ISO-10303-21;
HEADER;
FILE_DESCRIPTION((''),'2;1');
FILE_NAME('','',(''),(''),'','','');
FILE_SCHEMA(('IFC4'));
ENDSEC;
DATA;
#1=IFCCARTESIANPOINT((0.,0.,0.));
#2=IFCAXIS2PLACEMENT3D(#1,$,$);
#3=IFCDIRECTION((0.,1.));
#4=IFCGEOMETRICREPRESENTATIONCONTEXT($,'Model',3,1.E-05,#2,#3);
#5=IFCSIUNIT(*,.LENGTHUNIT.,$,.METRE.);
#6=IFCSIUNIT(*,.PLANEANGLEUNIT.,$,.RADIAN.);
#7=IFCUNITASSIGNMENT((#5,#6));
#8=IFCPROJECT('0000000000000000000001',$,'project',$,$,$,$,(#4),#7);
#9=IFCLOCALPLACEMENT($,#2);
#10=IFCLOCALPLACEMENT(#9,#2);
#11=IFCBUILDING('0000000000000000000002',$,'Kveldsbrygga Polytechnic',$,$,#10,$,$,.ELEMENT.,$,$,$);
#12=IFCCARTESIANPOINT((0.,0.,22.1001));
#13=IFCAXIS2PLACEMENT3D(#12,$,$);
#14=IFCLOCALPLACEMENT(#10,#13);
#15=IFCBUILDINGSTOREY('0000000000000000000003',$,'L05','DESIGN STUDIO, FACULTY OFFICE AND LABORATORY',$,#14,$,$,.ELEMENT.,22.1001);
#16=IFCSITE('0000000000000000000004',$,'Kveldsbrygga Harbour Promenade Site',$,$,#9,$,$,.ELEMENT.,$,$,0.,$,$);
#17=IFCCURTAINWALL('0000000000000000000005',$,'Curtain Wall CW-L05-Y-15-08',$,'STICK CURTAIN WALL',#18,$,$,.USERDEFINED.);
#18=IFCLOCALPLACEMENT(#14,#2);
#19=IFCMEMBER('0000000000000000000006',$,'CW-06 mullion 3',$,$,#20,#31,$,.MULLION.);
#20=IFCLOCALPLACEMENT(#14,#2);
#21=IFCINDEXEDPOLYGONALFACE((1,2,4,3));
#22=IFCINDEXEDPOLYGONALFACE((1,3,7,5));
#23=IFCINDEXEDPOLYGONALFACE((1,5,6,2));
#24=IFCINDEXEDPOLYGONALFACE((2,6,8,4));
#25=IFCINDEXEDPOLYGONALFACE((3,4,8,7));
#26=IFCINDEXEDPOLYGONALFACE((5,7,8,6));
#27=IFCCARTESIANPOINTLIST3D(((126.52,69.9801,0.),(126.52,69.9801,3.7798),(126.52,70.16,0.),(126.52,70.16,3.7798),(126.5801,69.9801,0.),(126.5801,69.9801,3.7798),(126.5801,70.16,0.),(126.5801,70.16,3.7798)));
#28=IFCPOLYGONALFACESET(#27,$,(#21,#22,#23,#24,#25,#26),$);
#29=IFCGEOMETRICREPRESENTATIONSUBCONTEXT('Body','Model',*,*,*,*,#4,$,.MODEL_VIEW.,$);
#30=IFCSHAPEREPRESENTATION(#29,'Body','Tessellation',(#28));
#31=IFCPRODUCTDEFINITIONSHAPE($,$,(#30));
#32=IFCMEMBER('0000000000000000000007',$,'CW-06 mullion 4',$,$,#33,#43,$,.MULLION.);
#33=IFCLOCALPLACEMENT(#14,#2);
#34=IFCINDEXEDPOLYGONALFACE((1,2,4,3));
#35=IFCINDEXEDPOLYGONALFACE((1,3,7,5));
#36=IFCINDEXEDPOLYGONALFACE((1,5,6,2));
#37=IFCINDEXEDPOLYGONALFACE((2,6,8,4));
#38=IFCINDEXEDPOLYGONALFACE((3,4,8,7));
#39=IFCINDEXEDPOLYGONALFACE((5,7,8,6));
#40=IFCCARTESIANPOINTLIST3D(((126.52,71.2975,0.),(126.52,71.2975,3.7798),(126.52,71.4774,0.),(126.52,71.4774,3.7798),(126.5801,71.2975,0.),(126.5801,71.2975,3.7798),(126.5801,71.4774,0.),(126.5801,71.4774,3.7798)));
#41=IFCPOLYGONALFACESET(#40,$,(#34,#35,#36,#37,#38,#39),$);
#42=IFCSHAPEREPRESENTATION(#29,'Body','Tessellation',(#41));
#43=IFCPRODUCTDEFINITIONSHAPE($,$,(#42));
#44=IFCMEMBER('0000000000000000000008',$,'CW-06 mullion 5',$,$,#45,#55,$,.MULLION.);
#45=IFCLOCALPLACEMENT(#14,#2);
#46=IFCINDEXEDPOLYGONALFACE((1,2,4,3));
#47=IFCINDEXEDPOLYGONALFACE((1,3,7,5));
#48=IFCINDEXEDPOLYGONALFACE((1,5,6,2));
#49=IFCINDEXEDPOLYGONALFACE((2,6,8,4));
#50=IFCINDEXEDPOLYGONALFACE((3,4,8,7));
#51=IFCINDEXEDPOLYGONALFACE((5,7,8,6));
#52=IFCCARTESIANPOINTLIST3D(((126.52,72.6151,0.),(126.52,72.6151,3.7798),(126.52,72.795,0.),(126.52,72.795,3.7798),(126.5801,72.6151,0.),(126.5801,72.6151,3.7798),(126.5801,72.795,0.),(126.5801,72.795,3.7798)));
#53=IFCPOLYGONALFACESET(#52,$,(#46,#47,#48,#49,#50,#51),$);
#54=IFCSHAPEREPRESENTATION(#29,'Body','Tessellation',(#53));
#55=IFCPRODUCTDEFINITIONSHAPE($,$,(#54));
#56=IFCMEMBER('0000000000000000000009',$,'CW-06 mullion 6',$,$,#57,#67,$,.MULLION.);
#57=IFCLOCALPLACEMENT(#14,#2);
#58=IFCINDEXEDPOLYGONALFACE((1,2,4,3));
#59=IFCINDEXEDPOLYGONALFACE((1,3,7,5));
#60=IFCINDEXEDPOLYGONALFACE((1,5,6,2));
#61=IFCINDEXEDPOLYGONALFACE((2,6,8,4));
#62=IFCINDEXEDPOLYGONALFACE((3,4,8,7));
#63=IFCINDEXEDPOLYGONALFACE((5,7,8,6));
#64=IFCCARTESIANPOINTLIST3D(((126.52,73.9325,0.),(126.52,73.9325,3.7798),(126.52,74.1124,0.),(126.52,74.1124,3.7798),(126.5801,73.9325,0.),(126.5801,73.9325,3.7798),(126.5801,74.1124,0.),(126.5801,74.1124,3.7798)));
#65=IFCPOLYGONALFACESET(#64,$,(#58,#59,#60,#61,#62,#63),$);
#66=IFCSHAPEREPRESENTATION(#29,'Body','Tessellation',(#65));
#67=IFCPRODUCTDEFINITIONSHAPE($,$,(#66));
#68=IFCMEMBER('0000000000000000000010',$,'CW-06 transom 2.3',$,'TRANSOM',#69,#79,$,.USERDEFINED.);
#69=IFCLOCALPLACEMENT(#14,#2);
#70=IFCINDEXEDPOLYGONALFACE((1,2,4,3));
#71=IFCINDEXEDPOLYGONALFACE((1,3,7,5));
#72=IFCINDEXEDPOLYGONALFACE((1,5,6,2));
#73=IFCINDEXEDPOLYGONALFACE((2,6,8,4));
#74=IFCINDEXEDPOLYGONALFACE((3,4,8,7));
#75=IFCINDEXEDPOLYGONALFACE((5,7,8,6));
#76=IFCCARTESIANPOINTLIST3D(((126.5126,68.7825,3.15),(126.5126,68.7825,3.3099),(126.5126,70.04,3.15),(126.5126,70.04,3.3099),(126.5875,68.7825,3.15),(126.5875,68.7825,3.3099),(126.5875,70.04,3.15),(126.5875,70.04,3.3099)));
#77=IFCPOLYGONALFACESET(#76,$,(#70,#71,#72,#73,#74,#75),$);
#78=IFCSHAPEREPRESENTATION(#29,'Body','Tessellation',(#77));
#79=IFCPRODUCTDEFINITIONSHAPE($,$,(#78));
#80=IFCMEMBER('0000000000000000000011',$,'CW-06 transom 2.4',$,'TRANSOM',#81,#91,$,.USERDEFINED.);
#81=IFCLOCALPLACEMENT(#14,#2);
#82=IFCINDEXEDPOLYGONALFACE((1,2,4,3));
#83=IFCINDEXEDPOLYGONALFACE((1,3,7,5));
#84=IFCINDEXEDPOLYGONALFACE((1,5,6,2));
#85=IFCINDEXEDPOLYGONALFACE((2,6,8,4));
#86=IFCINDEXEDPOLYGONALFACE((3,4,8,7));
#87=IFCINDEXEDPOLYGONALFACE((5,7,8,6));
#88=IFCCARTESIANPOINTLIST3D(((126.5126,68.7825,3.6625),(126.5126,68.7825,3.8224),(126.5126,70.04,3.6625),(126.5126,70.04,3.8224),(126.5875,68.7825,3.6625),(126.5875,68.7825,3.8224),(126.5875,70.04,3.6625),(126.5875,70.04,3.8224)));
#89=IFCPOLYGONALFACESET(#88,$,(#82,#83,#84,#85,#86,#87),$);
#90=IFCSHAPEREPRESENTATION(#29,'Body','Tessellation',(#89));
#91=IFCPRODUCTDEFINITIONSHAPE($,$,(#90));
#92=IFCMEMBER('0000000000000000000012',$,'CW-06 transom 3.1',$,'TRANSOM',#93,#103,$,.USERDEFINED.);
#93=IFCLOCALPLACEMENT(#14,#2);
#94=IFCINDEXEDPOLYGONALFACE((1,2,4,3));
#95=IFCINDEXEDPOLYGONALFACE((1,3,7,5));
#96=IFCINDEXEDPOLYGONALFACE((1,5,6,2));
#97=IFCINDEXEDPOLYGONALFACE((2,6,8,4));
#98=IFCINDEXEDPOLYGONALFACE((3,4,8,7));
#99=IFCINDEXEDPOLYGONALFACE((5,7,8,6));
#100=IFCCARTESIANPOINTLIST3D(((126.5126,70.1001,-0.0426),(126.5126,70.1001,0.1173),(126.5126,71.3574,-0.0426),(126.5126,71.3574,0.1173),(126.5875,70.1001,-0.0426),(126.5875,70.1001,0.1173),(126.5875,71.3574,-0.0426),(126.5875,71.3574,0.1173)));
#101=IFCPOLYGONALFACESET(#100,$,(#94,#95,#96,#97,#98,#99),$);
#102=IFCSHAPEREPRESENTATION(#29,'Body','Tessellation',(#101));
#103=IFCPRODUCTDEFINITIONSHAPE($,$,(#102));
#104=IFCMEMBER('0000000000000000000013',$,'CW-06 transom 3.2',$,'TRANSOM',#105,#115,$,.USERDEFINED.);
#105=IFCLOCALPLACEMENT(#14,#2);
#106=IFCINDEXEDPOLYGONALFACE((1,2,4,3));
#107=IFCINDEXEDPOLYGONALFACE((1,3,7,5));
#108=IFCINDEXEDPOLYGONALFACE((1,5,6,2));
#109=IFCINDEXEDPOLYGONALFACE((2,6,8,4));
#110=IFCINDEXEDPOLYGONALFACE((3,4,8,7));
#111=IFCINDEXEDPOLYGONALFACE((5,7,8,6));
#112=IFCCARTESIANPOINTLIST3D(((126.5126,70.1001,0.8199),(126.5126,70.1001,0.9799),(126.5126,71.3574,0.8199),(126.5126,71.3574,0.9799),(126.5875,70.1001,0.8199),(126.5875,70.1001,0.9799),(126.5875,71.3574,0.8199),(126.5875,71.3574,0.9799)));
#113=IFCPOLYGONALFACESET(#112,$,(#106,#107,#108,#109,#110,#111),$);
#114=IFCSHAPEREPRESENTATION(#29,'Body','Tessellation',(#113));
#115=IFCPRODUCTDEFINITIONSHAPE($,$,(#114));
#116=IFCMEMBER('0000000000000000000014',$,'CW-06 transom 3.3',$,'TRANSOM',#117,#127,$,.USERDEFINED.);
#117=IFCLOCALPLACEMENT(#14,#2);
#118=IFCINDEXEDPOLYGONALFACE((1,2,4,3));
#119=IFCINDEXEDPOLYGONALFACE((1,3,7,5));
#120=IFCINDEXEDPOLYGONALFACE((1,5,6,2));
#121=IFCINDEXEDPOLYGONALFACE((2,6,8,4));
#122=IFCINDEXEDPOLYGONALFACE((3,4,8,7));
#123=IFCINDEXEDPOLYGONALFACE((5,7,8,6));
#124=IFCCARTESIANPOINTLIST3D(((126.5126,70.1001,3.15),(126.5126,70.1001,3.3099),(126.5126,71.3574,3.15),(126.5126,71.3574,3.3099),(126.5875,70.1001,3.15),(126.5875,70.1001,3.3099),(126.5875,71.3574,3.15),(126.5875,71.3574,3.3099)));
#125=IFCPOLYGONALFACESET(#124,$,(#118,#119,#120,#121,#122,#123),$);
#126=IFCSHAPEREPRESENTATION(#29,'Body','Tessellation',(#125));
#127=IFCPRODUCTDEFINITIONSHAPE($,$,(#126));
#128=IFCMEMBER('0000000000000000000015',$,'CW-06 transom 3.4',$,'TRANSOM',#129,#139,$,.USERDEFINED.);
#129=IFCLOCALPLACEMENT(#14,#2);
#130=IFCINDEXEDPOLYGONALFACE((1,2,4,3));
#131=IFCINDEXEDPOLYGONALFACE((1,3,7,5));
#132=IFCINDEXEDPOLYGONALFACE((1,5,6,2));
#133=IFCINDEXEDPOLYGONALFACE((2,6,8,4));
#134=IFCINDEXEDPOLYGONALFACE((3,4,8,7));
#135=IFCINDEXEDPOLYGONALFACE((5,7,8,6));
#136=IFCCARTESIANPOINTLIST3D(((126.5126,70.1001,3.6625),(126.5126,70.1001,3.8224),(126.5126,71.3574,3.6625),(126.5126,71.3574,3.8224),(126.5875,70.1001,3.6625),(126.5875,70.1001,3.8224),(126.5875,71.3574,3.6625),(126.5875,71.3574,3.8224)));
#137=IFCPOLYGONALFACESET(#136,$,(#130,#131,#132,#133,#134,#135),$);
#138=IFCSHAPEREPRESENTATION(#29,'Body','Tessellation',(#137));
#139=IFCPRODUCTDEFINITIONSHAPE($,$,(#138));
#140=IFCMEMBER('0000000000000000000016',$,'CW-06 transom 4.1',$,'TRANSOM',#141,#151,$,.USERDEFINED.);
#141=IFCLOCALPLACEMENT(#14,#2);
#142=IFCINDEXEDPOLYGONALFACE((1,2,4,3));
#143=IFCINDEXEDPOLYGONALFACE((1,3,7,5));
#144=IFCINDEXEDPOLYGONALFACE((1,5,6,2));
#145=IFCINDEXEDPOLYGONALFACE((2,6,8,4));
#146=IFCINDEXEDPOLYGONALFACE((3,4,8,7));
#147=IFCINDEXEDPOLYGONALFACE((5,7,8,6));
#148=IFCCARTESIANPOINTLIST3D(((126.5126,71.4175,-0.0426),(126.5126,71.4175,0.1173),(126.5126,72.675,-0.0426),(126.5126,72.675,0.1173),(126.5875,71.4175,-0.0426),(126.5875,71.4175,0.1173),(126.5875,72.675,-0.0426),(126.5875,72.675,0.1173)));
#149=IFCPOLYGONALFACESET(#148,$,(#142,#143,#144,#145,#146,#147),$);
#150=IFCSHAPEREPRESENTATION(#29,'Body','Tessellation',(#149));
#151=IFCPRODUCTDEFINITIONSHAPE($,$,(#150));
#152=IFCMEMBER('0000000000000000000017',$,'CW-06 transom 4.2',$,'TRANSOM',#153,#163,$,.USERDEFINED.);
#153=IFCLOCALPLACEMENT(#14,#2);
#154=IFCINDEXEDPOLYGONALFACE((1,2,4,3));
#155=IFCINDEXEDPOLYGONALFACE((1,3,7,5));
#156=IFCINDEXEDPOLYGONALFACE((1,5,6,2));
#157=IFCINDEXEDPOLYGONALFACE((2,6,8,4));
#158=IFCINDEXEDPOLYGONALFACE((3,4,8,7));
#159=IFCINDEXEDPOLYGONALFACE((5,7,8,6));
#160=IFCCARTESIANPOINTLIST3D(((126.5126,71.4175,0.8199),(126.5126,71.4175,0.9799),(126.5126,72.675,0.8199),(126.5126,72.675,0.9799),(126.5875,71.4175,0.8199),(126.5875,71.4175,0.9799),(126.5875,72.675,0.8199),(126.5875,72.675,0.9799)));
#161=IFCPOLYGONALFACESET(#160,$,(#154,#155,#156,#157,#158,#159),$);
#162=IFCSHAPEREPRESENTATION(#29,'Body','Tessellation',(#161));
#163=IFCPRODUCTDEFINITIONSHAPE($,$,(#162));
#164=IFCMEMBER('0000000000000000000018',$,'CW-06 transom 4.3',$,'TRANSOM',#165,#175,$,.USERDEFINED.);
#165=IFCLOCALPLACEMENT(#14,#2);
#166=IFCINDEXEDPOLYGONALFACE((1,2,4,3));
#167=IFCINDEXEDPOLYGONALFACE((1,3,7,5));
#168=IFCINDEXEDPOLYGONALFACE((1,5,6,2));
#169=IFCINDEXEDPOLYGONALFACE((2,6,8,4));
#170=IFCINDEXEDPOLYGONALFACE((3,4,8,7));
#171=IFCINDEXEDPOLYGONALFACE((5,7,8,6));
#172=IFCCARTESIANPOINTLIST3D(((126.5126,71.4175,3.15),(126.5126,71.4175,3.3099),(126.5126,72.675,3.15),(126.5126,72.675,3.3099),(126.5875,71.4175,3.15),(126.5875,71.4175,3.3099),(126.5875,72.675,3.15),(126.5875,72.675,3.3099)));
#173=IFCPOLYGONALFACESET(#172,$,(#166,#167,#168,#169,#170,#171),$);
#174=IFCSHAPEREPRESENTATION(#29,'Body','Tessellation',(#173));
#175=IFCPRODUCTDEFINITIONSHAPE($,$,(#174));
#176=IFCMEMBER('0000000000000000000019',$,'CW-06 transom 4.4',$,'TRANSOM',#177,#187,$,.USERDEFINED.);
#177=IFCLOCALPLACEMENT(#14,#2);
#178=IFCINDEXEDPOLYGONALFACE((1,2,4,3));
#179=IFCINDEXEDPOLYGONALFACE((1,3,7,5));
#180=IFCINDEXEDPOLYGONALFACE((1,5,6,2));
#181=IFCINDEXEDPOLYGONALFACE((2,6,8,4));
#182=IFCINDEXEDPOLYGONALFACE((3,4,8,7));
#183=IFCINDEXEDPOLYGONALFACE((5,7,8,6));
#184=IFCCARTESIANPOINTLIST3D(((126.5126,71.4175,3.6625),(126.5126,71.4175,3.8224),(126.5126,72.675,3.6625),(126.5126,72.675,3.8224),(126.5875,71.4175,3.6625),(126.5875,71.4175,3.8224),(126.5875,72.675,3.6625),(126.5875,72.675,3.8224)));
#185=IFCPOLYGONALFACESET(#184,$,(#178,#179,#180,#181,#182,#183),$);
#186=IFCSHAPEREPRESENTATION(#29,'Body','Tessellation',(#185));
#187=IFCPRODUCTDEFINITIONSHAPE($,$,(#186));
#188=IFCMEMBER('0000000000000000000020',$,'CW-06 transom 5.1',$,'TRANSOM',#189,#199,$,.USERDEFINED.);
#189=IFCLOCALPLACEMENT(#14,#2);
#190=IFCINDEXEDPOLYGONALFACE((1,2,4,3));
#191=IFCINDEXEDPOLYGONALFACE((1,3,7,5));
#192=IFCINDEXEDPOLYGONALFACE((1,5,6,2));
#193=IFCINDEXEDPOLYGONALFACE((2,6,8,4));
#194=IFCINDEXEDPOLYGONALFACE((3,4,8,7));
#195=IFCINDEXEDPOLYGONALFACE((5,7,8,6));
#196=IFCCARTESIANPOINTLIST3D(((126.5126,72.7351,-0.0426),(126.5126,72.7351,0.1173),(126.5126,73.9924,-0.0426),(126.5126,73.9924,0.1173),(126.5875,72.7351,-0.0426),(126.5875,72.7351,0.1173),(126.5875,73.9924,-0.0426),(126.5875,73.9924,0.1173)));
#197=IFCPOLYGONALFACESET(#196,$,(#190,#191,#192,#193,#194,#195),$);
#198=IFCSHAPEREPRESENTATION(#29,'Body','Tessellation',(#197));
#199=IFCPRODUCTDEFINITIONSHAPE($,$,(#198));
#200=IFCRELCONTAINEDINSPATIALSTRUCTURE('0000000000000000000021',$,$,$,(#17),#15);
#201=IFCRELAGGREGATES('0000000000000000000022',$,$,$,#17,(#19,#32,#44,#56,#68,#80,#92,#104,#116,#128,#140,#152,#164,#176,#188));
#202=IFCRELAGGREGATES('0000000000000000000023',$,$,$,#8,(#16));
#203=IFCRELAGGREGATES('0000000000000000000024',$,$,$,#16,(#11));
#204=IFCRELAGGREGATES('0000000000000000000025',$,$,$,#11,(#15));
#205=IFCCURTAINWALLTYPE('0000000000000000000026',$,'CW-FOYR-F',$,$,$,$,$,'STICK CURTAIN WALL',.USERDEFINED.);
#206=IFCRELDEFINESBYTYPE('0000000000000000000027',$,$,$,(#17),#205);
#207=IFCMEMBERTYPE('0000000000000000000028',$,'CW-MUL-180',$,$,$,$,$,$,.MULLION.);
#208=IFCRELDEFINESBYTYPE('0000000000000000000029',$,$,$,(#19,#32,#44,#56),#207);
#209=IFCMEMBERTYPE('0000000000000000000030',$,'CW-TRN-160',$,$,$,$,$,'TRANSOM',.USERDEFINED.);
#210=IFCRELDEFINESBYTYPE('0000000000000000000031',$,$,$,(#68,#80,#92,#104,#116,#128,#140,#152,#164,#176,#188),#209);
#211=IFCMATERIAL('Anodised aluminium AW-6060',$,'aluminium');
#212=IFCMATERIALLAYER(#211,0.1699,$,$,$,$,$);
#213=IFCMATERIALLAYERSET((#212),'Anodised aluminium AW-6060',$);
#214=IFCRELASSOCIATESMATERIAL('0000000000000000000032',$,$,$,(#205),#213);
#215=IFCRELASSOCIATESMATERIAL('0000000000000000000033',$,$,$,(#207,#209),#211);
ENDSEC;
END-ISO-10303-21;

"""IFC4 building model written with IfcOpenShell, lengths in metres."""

from ifc_helpers import new_model, si_unit, direction, frame, origin, origin_2d, place, context, subcontext, project, spatial, rectangle, extrude, material, layer, layer_set, material_profile, profile_set, type_object, element, aggregate, save


model = new_model("IFC4")

# Units and contexts
model_context = context("Model", 3, precision=1e-05, world=origin(), true_north=direction((0.0, 1.0)))
body_context = subcontext(model_context, "Body", "Model", "MODEL_VIEW")
ifc_project = project(units=[si_unit("LENGTHUNIT", "METRE"), si_unit("PLANEANGLEUNIT", "RADIAN")], contexts=[model_context])

# Site, building, storey
site_placement = place(None, origin())
site = spatial("IfcSite", under=ifc_project, at=site_placement, Name="Kveldsbrygga Harbour Promenade Site", CompositionType="ELEMENT", RefElevation=0.0)
building_placement = place(site_placement, origin())
building = spatial("IfcBuilding", under=site, at=building_placement, Name="Kveldsbrygga Polytechnic", CompositionType="ELEMENT")
storey_placement = place(building_placement, frame((0.0, 0.0, 22.1001)))
storey = spatial("IfcBuildingStorey", under=building, at=storey_placement, Name="L05", Description="DESIGN STUDIO, FACULTY OFFICE AND LABORATORY", CompositionType="ELEMENT", Elevation=22.1001)

# Curtain wall, members
ifc_material_1 = material(Name="Anodised aluminium AW-6060", Category="aluminium")
ifc_layer_1 = layer(ifc_material_1, 0.1699)
ifc_layer_set_1 = layer_set([ifc_layer_1], Name="Anodised aluminium AW-6060")
curtain_wall_type = type_object("IfcCurtainWallType", Name="CW-FOYR-F", ElementType="STICK CURTAIN WALL", PredefinedType="USERDEFINED", material=ifc_layer_set_1)
curtain_wall_placement = place(storey_placement, origin())
curtain_wall = element("IfcCurtainWall", 1, at=curtain_wall_placement, inside=storey, type_object=curtain_wall_type, Name="Curtain Wall CW-L05-Y-15-08", ObjectType="STICK CURTAIN WALL", PredefinedType="USERDEFINED")
ifc_material_profile_1 = material_profile(ifc_material_1, rectangle(XDim=0.0601, YDim=0.1799, at=origin_2d()), Name="ALU 60x180")
ifc_profile_set_1 = profile_set([ifc_material_profile_1], Name="Anodised aluminium AW-6060")
member_type_1 = type_object("IfcMemberType", Name="CW-MUL-180", PredefinedType="MULLION", material=ifc_profile_set_1)
member_1_placement = place(storey_placement, frame((126.55, 70.0701, 0.0), z_axis=(0.0, 0.0, 1.0), x_axis=(-1.0, 0.0, 0.0)))
member_1 = element("IfcMember", 2, at=member_1_placement, type_object=member_type_1, Name="CW-06 mullion 3", PredefinedType="MULLION", context=body_context, shape_type="SweptSolid", body=[
    extrude(rectangle(XDim=0.0601, YDim=0.1799, at=origin_2d()), origin(), (0.0, 0.0, 1.0), 3.7798),
])
member_2_placement = place(storey_placement, frame((126.55, 71.3875, 0.0), z_axis=(0.0, 0.0, 1.0), x_axis=(-1.0, 0.0, 0.0)))
member_2 = element("IfcMember", 3, at=member_2_placement, type_object=member_type_1, Name="CW-06 mullion 4", PredefinedType="MULLION", context=body_context, shape_type="SweptSolid", body=[
    extrude(rectangle(XDim=0.0601, YDim=0.1799, at=origin_2d()), origin(), (0.0, 0.0, 1.0), 3.7798),
])
member_3_placement = place(storey_placement, frame((126.55, 72.7051, 0.0), z_axis=(0.0, 0.0, 1.0), x_axis=(-1.0, 0.0, 0.0)))
member_3 = element("IfcMember", 4, at=member_3_placement, type_object=member_type_1, Name="CW-06 mullion 5", PredefinedType="MULLION", context=body_context, shape_type="SweptSolid", body=[
    extrude(rectangle(XDim=0.0601, YDim=0.1799, at=origin_2d()), origin(), (0.0, 0.0, 1.0), 3.7798),
])
member_4_placement = place(storey_placement, frame((126.55, 74.0225, 0.0), z_axis=(0.0, 0.0, 1.0), x_axis=(-1.0, 0.0, 0.0)))
member_4 = element("IfcMember", 5, at=member_4_placement, type_object=member_type_1, Name="CW-06 mullion 6", PredefinedType="MULLION", context=body_context, shape_type="SweptSolid", body=[
    extrude(rectangle(XDim=0.0601, YDim=0.1799, at=origin_2d()), origin(), (0.0, 0.0, 1.0), 3.7798),
])
ifc_material_profile_2 = material_profile(ifc_material_1, rectangle(XDim=0.075, YDim=0.1599, at=origin_2d()), Name="ALU 75x160")
ifc_profile_set_2 = profile_set([ifc_material_profile_2], Name="Anodised aluminium AW-6060")
member_type_2 = type_object("IfcMemberType", Name="CW-TRN-160", ElementType="TRANSOM", PredefinedType="USERDEFINED", material=ifc_profile_set_2)
member_5_placement = place(storey_placement, frame((126.55, 68.7825, 3.23), z_axis=(0.0, 1.0, 0.0), x_axis=(-1.0, 0.0, 0.0)))
member_5 = element("IfcMember", 6, at=member_5_placement, type_object=member_type_2, Name="CW-06 transom 2.3", ObjectType="TRANSOM", PredefinedType="USERDEFINED", context=body_context, shape_type="SweptSolid", body=[
    extrude(rectangle(XDim=0.075, YDim=0.1599, at=origin_2d()), origin(), (0.0, 0.0, 1.0), 1.2576),
])
member_6_placement = place(storey_placement, frame((126.55, 68.7825, 3.7424), z_axis=(0.0, 1.0, 0.0), x_axis=(-1.0, 0.0, 0.0)))
member_6 = element("IfcMember", 7, at=member_6_placement, type_object=member_type_2, Name="CW-06 transom 2.4", ObjectType="TRANSOM", PredefinedType="USERDEFINED", context=body_context, shape_type="SweptSolid", body=[
    extrude(rectangle(XDim=0.075, YDim=0.1599, at=origin_2d()), origin(), (0.0, 0.0, 1.0), 1.2576),
])
member_7_placement = place(storey_placement, frame((126.55, 70.1001, 0.0374), z_axis=(0.0, 1.0, 0.0), x_axis=(-1.0, 0.0, 0.0)))
member_7 = element("IfcMember", 8, at=member_7_placement, type_object=member_type_2, Name="CW-06 transom 3.1", ObjectType="TRANSOM", PredefinedType="USERDEFINED", context=body_context, shape_type="SweptSolid", body=[
    extrude(rectangle(XDim=0.075, YDim=0.1599, at=origin_2d()), origin(), (0.0, 0.0, 1.0), 1.2573),
])
member_8_placement = place(storey_placement, frame((126.55, 70.1001, 0.8999), z_axis=(0.0, 1.0, 0.0), x_axis=(-1.0, 0.0, 0.0)))
member_8 = element("IfcMember", 9, at=member_8_placement, type_object=member_type_2, Name="CW-06 transom 3.2", ObjectType="TRANSOM", PredefinedType="USERDEFINED", context=body_context, shape_type="SweptSolid", body=[
    extrude(rectangle(XDim=0.075, YDim=0.1599, at=origin_2d()), origin(), (0.0, 0.0, 1.0), 1.2573),
])
member_9_placement = place(storey_placement, frame((126.55, 70.1001, 3.23), z_axis=(0.0, 1.0, 0.0), x_axis=(-1.0, 0.0, 0.0)))
member_9 = element("IfcMember", 10, at=member_9_placement, type_object=member_type_2, Name="CW-06 transom 3.3", ObjectType="TRANSOM", PredefinedType="USERDEFINED", context=body_context, shape_type="SweptSolid", body=[
    extrude(rectangle(XDim=0.075, YDim=0.1599, at=origin_2d()), origin(), (0.0, 0.0, 1.0), 1.2573),
])
member_10_placement = place(storey_placement, frame((126.55, 70.1001, 3.7424), z_axis=(0.0, 1.0, 0.0), x_axis=(-1.0, 0.0, 0.0)))
member_10 = element("IfcMember", 11, at=member_10_placement, type_object=member_type_2, Name="CW-06 transom 3.4", ObjectType="TRANSOM", PredefinedType="USERDEFINED", context=body_context, shape_type="SweptSolid", body=[
    extrude(rectangle(XDim=0.075, YDim=0.1599, at=origin_2d()), origin(), (0.0, 0.0, 1.0), 1.2573),
])
member_11_placement = place(storey_placement, frame((126.55, 71.4175, 0.0374), z_axis=(0.0, 1.0, 0.0), x_axis=(-1.0, 0.0, 0.0)))
member_11 = element("IfcMember", 12, at=member_11_placement, type_object=member_type_2, Name="CW-06 transom 4.1", ObjectType="TRANSOM", PredefinedType="USERDEFINED", context=body_context, shape_type="SweptSolid", body=[
    extrude(rectangle(XDim=0.075, YDim=0.1599, at=origin_2d()), origin(), (0.0, 0.0, 1.0), 1.2576),
])
member_12_placement = place(storey_placement, frame((126.55, 71.4175, 0.8999), z_axis=(0.0, 1.0, 0.0), x_axis=(-1.0, 0.0, 0.0)))
member_12 = element("IfcMember", 13, at=member_12_placement, type_object=member_type_2, Name="CW-06 transom 4.2", ObjectType="TRANSOM", PredefinedType="USERDEFINED", context=body_context, shape_type="SweptSolid", body=[
    extrude(rectangle(XDim=0.075, YDim=0.1599, at=origin_2d()), origin(), (0.0, 0.0, 1.0), 1.2576),
])
member_13_placement = place(storey_placement, frame((126.55, 71.4175, 3.23), z_axis=(0.0, 1.0, 0.0), x_axis=(-1.0, 0.0, 0.0)))
member_13 = element("IfcMember", 14, at=member_13_placement, type_object=member_type_2, Name="CW-06 transom 4.3", ObjectType="TRANSOM", PredefinedType="USERDEFINED", context=body_context, shape_type="SweptSolid", body=[
    extrude(rectangle(XDim=0.075, YDim=0.1599, at=origin_2d()), origin(), (0.0, 0.0, 1.0), 1.2576),
])
member_14_placement = place(storey_placement, frame((126.55, 71.4175, 3.7424), z_axis=(0.0, 1.0, 0.0), x_axis=(-1.0, 0.0, 0.0)))
member_14 = element("IfcMember", 15, at=member_14_placement, type_object=member_type_2, Name="CW-06 transom 4.4", ObjectType="TRANSOM", PredefinedType="USERDEFINED", context=body_context, shape_type="SweptSolid", body=[
    extrude(rectangle(XDim=0.075, YDim=0.1599, at=origin_2d()), origin(), (0.0, 0.0, 1.0), 1.2576),
])
member_15_placement = place(storey_placement, frame((126.55, 72.7351, 0.0374), z_axis=(0.0, 1.0, 0.0), x_axis=(-1.0, 0.0, 0.0)))
member_15 = element("IfcMember", 16, at=member_15_placement, type_object=member_type_2, Name="CW-06 transom 5.1", ObjectType="TRANSOM", PredefinedType="USERDEFINED", context=body_context, shape_type="SweptSolid", body=[
    extrude(rectangle(XDim=0.075, YDim=0.1599, at=origin_2d()), origin(), (0.0, 0.0, 1.0), 1.2573),
])
aggregate(curtain_wall, [member_1, member_2, member_3, member_4, member_5, member_6, member_7, member_8, member_9, member_10, member_11, member_12, member_13, member_14, member_15])

save(model, "model.ifc")
